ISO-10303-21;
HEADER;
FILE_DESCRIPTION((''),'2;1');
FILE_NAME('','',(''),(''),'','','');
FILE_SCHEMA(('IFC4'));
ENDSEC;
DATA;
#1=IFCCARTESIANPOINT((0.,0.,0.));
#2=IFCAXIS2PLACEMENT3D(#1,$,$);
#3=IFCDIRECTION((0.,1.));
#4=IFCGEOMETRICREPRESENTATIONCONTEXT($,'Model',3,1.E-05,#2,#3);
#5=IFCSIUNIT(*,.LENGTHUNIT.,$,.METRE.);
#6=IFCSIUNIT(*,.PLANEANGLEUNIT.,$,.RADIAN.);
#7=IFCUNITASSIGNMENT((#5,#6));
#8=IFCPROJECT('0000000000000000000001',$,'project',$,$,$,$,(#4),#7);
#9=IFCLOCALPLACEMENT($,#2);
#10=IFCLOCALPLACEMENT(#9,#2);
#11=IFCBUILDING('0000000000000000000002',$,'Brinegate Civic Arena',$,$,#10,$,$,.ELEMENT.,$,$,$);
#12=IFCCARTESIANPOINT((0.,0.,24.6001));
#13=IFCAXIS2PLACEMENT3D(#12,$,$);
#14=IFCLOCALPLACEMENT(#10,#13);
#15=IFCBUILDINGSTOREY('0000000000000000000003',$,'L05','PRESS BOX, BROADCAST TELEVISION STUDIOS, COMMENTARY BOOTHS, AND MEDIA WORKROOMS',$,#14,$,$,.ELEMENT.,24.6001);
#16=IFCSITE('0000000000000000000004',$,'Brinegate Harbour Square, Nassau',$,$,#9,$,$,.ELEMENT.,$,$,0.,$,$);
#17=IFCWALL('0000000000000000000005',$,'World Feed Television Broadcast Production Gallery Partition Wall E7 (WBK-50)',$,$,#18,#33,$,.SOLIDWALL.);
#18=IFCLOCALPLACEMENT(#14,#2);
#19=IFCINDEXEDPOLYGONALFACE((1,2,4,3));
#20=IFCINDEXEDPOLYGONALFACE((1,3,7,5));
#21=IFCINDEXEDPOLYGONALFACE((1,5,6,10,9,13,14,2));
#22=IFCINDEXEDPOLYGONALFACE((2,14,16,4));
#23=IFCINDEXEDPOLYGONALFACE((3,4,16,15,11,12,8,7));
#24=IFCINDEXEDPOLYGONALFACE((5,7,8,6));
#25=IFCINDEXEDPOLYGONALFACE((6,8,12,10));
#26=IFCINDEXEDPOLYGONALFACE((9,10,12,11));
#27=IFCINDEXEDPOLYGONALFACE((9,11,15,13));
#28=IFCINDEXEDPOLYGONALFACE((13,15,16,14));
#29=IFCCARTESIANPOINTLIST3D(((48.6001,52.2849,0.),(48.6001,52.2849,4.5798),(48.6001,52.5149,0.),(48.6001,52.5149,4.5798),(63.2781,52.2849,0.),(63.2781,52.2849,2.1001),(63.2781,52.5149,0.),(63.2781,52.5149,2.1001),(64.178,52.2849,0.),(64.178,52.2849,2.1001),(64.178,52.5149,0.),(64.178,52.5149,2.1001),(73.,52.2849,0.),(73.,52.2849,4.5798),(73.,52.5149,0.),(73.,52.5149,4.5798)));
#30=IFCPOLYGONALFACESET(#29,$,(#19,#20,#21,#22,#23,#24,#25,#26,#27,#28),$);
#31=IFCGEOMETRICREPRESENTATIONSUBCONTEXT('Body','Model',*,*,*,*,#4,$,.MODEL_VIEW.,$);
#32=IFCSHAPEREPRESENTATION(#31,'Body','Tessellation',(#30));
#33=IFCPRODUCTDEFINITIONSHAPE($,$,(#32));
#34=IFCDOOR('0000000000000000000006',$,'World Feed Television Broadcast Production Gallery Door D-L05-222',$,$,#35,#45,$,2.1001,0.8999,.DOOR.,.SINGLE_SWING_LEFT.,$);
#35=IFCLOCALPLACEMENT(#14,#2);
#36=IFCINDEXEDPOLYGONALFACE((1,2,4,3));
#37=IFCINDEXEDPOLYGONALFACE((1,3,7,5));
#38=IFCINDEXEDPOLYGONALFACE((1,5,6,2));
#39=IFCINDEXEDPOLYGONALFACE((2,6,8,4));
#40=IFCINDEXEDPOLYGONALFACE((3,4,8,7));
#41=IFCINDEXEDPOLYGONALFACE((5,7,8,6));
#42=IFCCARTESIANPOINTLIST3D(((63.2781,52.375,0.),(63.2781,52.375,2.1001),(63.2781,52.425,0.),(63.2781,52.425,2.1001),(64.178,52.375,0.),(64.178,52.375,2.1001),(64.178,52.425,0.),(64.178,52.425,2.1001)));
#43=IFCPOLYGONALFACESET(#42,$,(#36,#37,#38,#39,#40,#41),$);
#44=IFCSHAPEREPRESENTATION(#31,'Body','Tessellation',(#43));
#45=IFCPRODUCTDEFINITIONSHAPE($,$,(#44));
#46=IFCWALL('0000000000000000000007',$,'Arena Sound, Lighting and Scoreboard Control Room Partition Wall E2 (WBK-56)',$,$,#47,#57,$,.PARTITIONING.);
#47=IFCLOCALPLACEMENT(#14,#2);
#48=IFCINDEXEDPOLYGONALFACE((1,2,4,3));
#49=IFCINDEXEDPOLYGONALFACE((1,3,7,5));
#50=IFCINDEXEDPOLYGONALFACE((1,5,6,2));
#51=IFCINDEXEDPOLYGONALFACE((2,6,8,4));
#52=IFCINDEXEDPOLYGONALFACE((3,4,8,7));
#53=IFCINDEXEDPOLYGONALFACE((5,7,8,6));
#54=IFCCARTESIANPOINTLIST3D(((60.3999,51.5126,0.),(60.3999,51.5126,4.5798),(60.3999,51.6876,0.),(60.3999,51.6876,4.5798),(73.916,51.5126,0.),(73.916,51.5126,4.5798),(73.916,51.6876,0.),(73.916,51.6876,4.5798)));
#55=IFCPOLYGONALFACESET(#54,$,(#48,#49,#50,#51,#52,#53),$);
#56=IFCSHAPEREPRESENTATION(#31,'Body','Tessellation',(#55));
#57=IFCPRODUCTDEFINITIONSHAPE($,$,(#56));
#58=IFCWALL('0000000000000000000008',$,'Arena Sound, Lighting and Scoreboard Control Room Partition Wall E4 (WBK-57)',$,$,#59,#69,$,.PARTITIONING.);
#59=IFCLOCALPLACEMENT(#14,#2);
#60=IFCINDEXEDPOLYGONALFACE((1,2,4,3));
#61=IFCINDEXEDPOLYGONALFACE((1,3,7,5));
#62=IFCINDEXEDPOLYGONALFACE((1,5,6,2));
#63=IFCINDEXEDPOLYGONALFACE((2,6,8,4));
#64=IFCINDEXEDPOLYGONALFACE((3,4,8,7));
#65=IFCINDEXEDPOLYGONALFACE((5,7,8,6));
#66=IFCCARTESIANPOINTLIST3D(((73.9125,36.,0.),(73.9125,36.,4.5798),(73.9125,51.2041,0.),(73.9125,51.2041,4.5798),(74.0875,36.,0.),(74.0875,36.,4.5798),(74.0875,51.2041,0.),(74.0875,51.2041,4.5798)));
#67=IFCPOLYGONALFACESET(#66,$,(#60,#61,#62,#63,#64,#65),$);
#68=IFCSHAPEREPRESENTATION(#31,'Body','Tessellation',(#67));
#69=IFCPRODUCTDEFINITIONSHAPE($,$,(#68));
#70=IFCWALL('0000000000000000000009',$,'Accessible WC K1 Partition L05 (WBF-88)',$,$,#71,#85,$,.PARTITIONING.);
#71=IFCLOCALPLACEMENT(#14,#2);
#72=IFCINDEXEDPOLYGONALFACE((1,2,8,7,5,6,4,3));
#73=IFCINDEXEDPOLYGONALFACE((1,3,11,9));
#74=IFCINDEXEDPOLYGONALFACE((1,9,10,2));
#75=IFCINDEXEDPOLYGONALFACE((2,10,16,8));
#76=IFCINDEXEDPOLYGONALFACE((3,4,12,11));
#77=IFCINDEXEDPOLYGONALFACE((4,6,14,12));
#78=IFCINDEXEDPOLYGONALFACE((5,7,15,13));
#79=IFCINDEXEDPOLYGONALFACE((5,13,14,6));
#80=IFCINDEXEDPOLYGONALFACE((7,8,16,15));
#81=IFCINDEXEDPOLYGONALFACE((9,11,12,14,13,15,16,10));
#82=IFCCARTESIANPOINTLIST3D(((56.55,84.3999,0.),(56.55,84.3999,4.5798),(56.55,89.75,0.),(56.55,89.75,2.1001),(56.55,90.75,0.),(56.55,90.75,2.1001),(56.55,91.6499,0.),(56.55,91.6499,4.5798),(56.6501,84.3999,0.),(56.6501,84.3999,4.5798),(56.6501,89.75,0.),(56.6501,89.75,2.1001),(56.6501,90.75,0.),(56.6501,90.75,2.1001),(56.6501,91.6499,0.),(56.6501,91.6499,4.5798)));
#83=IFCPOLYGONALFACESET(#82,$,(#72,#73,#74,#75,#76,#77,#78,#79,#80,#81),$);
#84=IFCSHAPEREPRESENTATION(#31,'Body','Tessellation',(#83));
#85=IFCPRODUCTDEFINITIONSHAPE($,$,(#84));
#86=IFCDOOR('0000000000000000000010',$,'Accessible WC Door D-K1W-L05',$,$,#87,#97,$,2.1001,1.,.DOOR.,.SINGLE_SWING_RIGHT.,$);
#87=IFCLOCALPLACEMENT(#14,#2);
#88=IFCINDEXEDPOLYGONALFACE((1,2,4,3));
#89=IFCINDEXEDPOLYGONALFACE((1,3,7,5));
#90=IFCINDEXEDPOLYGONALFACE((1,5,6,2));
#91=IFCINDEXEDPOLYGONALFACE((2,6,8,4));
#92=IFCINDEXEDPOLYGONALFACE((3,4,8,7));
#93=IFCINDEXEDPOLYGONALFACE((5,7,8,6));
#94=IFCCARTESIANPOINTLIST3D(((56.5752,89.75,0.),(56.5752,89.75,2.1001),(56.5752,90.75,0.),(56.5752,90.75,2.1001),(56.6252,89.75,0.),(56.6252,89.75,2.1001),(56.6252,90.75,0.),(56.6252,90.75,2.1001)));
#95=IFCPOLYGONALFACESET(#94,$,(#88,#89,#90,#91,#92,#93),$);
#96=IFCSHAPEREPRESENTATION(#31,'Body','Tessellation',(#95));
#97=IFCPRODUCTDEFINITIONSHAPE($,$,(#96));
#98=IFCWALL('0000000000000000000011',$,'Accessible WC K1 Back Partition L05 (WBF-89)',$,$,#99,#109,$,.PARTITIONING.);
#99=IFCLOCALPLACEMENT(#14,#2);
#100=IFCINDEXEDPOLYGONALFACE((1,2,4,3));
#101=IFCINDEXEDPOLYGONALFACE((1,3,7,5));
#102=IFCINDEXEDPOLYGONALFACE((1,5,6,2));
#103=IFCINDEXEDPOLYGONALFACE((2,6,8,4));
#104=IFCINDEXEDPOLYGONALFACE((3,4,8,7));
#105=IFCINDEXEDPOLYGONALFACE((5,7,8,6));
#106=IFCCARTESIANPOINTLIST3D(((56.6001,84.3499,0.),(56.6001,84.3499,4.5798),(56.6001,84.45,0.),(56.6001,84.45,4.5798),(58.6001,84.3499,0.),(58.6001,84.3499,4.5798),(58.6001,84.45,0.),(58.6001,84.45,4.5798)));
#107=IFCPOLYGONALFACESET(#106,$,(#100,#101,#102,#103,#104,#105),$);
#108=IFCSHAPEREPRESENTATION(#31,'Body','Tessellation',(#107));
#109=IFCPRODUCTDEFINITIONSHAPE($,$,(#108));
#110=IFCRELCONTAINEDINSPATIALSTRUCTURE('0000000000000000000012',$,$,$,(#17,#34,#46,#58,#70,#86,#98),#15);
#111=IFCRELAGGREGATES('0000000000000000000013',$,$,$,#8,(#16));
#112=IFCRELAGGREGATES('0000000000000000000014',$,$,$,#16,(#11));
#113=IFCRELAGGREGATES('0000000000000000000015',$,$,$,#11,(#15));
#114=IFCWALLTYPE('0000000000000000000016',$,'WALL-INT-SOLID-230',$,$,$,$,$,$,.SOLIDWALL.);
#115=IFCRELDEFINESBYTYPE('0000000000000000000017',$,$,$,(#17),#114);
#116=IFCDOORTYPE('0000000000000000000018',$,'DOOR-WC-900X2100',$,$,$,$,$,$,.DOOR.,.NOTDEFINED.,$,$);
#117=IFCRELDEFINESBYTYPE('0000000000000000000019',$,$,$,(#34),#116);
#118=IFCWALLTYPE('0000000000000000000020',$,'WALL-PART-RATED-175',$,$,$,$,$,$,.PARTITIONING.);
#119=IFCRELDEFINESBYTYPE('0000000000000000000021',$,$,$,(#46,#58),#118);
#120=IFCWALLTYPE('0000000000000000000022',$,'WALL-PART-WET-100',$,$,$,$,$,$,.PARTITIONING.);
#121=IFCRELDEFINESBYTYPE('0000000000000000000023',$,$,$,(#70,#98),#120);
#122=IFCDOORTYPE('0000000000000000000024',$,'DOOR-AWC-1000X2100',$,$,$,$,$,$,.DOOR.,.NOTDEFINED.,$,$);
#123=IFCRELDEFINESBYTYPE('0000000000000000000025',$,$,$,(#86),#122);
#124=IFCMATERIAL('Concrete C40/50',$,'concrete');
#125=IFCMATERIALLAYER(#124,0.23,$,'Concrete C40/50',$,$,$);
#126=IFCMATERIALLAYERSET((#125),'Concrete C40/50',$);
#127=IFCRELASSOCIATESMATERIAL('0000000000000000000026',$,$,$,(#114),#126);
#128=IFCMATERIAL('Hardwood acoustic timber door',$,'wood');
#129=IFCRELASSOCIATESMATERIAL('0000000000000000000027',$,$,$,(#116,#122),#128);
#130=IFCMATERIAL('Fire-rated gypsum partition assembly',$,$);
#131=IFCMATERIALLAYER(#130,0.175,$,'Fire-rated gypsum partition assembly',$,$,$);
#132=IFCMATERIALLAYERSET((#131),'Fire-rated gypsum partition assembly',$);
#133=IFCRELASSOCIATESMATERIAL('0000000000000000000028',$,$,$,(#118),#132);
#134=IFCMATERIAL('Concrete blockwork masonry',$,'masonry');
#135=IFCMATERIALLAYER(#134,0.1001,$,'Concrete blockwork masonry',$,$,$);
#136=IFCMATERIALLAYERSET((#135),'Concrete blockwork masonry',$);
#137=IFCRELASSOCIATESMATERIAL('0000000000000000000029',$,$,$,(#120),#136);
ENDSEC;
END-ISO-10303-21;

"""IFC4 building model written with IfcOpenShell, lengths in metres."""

from ifc_helpers import new_model, si_unit, direction, frame, frame_2d, origin, place, context, subcontext, project, spatial, rectangle, extrude, material, layer, layer_set, type_object, element, fill, save


model = new_model("IFC4")

# Units and contexts
model_context = context("Model", 3, precision=1e-05, world=origin(), true_north=direction((0.0, 1.0)))
body_context = subcontext(model_context, "Body", "Model", "MODEL_VIEW")
ifc_project = project(units=[si_unit("LENGTHUNIT", "METRE"), si_unit("PLANEANGLEUNIT", "RADIAN")], contexts=[model_context])

# Site, building, storey
site_placement = place(None, origin())
site = spatial("IfcSite", under=ifc_project, at=site_placement, Name="Brinegate Harbour Square, Nassau", CompositionType="ELEMENT", RefElevation=0.0)
building_placement = place(site_placement, origin())
building = spatial("IfcBuilding", under=site, at=building_placement, Name="Brinegate Civic Arena", CompositionType="ELEMENT")
storey_placement = place(building_placement, frame((0.0, 0.0, 24.6001)))
storey = spatial("IfcBuildingStorey", under=building, at=storey_placement, Name="L05", Description="PRESS BOX, BROADCAST TELEVISION STUDIOS, COMMENTARY BOOTHS, AND MEDIA WORKROOMS", CompositionType="ELEMENT", Elevation=24.6001)

# Shared definitions
ifc_material_1 = material(Name="Concrete C40/50", Category="concrete")

# Wall, opening, door
ifc_material_2 = material(Name="Hardwood acoustic timber door", Category="wood")
ifc_layer_1 = layer(ifc_material_1, 0.23, Name="Concrete C40/50")
ifc_layer_set_1 = layer_set([ifc_layer_1], Name="Concrete C40/50")
wall_type_1 = type_object("IfcWallType", Name="WALL-INT-SOLID-230", PredefinedType="SOLIDWALL", material=ifc_layer_set_1)
wall_1_placement = place(storey_placement, frame((73.0, 52.3999, 0.0), z_axis=(0.0, 0.0, 1.0), x_axis=(-1.0, 0.0, 0.0)))
wall_1 = element("IfcWall", 1, at=wall_1_placement, inside=storey, type_object=wall_type_1, Name="World Feed Television Broadcast Production Gallery Partition Wall E7 (WBK-50)", PredefinedType="SOLIDWALL", context=body_context, shape_type="SweptSolid", body=[
    extrude(rectangle(XDim=24.3999, YDim=0.23, at=frame_2d((12.2, 0.0))), origin(), (0.0, 0.0, 1.0), 4.5798),
])
opening_1_placement = place(wall_1_placement, frame((8.822, 0.0, 0.0)))
opening_1 = element("IfcOpeningElement", 2, at=opening_1_placement, cuts=wall_1, PredefinedType="OPENING", context=body_context, shape_type="SweptSolid", body=[
    extrude(rectangle(XDim=0.8999, YDim=2.1001, at=frame_2d((0.45, 1.05))), frame((0.0, 0.125, 0.0), z_axis=(0.0, -1.0, 0.0), x_axis=(1.0, 0.0, 0.0)), (0.0, 0.0, 1.0), 0.25),
])
door_type_1 = type_object("IfcDoorType", Name="DOOR-WC-900X2100", OperationType="NOTDEFINED", PredefinedType="DOOR", material=ifc_material_2)
door_1_placement = place(opening_1_placement, origin())
door_1 = element("IfcDoor", 3, at=door_1_placement, inside=storey, type_object=door_type_1, Name="World Feed Television Broadcast Production Gallery Door D-L05-222", OperationType="SINGLE_SWING_LEFT", OverallHeight=2.1001, OverallWidth=0.8999, PredefinedType="DOOR", context=body_context, shape_type="SweptSolid", body=[
    extrude(rectangle(XDim=0.8999, YDim=2.1001, at=frame_2d((0.45, 1.05))), frame((0.0, 0.0249, 0.0), z_axis=(0.0, -1.0, 0.0), x_axis=(1.0, 0.0, 0.0)), (0.0, 0.0, 1.0), 0.05),
])
fill(opening_1, door_1)

# Walls
ifc_material_3 = material(Name="Fire-rated gypsum partition assembly")
ifc_layer_2 = layer(ifc_material_3, 0.175, Name="Fire-rated gypsum partition assembly")
ifc_layer_set_2 = layer_set([ifc_layer_2], Name="Fire-rated gypsum partition assembly")
wall_type_2 = type_object("IfcWallType", Name="WALL-PART-RATED-175", PredefinedType="PARTITIONING", material=ifc_layer_set_2)
wall_2_placement = place(storey_placement, frame((60.3999, 51.6001, 0.0), z_axis=(0.0, 0.0, 1.0), x_axis=(1.0, 0.0, 0.0)))
element("IfcWall", 4, at=wall_2_placement, inside=storey, type_object=wall_type_2, Name="Arena Sound, Lighting and Scoreboard Control Room Partition Wall E2 (WBK-56)", PredefinedType="PARTITIONING", context=body_context, shape_type="SweptSolid", body=[
    extrude(rectangle(XDim=13.5161, YDim=0.175, at=frame_2d((6.7581, 0.0))), origin(), (0.0, 0.0, 1.0), 4.5798),
])
wall_3_placement = place(storey_placement, frame((74.0, 51.2041, 0.0), z_axis=(0.0, 0.0, 1.0), x_axis=(0.0, -1.0, 0.0)))
element("IfcWall", 5, at=wall_3_placement, inside=storey, type_object=wall_type_2, Name="Arena Sound, Lighting and Scoreboard Control Room Partition Wall E4 (WBK-57)", PredefinedType="PARTITIONING", context=body_context, shape_type="SweptSolid", body=[
    extrude(rectangle(XDim=15.2041, YDim=0.175, at=frame_2d((7.6021, 0.0))), origin(), (0.0, 0.0, 1.0), 4.5798),
])

# Wall, opening, door
ifc_material_4 = material(Name="Concrete blockwork masonry", Category="masonry")
ifc_layer_3 = layer(ifc_material_4, 0.1001, Name="Concrete blockwork masonry")
ifc_layer_set_3 = layer_set([ifc_layer_3], Name="Concrete blockwork masonry")
wall_type_3 = type_object("IfcWallType", Name="WALL-PART-WET-100", PredefinedType="PARTITIONING", material=ifc_layer_set_3)
wall_4_placement = place(storey_placement, frame((56.6001, 84.3999, 0.0), z_axis=(0.0, 0.0, 1.0), x_axis=(0.0, 1.0, 0.0)))
wall_4 = element("IfcWall", 6, at=wall_4_placement, inside=storey, type_object=wall_type_3, Name="Accessible WC K1 Partition L05 (WBF-88)", PredefinedType="PARTITIONING", context=body_context, shape_type="SweptSolid", body=[
    extrude(rectangle(XDim=7.25, YDim=0.1001, at=frame_2d((3.625, 0.0))), origin(), (0.0, 0.0, 1.0), 4.5798),
])
opening_2_placement = place(wall_4_placement, frame((5.3501, 0.0, 0.0)))
opening_2 = element("IfcOpeningElement", 7, at=opening_2_placement, cuts=wall_4, PredefinedType="OPENING", context=body_context, shape_type="SweptSolid", body=[
    extrude(rectangle(XDim=1.0, YDim=2.1001, at=frame_2d((0.5, 1.05))), frame((0.0, 0.0601, 0.0), z_axis=(0.0, -1.0, 0.0), x_axis=(1.0, 0.0, 0.0)), (0.0, 0.0, 1.0), 0.1201),
])
door_type_2 = type_object("IfcDoorType", Name="DOOR-AWC-1000X2100", OperationType="NOTDEFINED", PredefinedType="DOOR", material=ifc_material_2)
door_2_placement = place(opening_2_placement, origin())
door_2 = element("IfcDoor", 8, at=door_2_placement, inside=storey, type_object=door_type_2, Name="Accessible WC Door D-K1W-L05", OperationType="SINGLE_SWING_RIGHT", OverallHeight=2.1001, OverallWidth=1.0, PredefinedType="DOOR", context=body_context, shape_type="SweptSolid", body=[
    extrude(rectangle(XDim=1.0, YDim=2.1001, at=frame_2d((0.5, 1.05))), frame((0.0, 0.0249, 0.0), z_axis=(0.0, -1.0, 0.0), x_axis=(1.0, 0.0, 0.0)), (0.0, 0.0, 1.0), 0.05),
])
fill(opening_2, door_2)

# Wall
wall_5_placement = place(storey_placement, frame((56.6001, 84.3999, 0.0), z_axis=(0.0, 0.0, 1.0), x_axis=(1.0, 0.0, 0.0)))
element("IfcWall", 9, at=wall_5_placement, inside=storey, type_object=wall_type_3, Name="Accessible WC K1 Back Partition L05 (WBF-89)", PredefinedType="PARTITIONING", context=body_context, shape_type="SweptSolid", body=[
    extrude(rectangle(XDim=2.0, YDim=0.1001, at=frame_2d((1.0, 0.0))), origin(), (0.0, 0.0, 1.0), 4.5798),
])

save(model, "model.ifc")
